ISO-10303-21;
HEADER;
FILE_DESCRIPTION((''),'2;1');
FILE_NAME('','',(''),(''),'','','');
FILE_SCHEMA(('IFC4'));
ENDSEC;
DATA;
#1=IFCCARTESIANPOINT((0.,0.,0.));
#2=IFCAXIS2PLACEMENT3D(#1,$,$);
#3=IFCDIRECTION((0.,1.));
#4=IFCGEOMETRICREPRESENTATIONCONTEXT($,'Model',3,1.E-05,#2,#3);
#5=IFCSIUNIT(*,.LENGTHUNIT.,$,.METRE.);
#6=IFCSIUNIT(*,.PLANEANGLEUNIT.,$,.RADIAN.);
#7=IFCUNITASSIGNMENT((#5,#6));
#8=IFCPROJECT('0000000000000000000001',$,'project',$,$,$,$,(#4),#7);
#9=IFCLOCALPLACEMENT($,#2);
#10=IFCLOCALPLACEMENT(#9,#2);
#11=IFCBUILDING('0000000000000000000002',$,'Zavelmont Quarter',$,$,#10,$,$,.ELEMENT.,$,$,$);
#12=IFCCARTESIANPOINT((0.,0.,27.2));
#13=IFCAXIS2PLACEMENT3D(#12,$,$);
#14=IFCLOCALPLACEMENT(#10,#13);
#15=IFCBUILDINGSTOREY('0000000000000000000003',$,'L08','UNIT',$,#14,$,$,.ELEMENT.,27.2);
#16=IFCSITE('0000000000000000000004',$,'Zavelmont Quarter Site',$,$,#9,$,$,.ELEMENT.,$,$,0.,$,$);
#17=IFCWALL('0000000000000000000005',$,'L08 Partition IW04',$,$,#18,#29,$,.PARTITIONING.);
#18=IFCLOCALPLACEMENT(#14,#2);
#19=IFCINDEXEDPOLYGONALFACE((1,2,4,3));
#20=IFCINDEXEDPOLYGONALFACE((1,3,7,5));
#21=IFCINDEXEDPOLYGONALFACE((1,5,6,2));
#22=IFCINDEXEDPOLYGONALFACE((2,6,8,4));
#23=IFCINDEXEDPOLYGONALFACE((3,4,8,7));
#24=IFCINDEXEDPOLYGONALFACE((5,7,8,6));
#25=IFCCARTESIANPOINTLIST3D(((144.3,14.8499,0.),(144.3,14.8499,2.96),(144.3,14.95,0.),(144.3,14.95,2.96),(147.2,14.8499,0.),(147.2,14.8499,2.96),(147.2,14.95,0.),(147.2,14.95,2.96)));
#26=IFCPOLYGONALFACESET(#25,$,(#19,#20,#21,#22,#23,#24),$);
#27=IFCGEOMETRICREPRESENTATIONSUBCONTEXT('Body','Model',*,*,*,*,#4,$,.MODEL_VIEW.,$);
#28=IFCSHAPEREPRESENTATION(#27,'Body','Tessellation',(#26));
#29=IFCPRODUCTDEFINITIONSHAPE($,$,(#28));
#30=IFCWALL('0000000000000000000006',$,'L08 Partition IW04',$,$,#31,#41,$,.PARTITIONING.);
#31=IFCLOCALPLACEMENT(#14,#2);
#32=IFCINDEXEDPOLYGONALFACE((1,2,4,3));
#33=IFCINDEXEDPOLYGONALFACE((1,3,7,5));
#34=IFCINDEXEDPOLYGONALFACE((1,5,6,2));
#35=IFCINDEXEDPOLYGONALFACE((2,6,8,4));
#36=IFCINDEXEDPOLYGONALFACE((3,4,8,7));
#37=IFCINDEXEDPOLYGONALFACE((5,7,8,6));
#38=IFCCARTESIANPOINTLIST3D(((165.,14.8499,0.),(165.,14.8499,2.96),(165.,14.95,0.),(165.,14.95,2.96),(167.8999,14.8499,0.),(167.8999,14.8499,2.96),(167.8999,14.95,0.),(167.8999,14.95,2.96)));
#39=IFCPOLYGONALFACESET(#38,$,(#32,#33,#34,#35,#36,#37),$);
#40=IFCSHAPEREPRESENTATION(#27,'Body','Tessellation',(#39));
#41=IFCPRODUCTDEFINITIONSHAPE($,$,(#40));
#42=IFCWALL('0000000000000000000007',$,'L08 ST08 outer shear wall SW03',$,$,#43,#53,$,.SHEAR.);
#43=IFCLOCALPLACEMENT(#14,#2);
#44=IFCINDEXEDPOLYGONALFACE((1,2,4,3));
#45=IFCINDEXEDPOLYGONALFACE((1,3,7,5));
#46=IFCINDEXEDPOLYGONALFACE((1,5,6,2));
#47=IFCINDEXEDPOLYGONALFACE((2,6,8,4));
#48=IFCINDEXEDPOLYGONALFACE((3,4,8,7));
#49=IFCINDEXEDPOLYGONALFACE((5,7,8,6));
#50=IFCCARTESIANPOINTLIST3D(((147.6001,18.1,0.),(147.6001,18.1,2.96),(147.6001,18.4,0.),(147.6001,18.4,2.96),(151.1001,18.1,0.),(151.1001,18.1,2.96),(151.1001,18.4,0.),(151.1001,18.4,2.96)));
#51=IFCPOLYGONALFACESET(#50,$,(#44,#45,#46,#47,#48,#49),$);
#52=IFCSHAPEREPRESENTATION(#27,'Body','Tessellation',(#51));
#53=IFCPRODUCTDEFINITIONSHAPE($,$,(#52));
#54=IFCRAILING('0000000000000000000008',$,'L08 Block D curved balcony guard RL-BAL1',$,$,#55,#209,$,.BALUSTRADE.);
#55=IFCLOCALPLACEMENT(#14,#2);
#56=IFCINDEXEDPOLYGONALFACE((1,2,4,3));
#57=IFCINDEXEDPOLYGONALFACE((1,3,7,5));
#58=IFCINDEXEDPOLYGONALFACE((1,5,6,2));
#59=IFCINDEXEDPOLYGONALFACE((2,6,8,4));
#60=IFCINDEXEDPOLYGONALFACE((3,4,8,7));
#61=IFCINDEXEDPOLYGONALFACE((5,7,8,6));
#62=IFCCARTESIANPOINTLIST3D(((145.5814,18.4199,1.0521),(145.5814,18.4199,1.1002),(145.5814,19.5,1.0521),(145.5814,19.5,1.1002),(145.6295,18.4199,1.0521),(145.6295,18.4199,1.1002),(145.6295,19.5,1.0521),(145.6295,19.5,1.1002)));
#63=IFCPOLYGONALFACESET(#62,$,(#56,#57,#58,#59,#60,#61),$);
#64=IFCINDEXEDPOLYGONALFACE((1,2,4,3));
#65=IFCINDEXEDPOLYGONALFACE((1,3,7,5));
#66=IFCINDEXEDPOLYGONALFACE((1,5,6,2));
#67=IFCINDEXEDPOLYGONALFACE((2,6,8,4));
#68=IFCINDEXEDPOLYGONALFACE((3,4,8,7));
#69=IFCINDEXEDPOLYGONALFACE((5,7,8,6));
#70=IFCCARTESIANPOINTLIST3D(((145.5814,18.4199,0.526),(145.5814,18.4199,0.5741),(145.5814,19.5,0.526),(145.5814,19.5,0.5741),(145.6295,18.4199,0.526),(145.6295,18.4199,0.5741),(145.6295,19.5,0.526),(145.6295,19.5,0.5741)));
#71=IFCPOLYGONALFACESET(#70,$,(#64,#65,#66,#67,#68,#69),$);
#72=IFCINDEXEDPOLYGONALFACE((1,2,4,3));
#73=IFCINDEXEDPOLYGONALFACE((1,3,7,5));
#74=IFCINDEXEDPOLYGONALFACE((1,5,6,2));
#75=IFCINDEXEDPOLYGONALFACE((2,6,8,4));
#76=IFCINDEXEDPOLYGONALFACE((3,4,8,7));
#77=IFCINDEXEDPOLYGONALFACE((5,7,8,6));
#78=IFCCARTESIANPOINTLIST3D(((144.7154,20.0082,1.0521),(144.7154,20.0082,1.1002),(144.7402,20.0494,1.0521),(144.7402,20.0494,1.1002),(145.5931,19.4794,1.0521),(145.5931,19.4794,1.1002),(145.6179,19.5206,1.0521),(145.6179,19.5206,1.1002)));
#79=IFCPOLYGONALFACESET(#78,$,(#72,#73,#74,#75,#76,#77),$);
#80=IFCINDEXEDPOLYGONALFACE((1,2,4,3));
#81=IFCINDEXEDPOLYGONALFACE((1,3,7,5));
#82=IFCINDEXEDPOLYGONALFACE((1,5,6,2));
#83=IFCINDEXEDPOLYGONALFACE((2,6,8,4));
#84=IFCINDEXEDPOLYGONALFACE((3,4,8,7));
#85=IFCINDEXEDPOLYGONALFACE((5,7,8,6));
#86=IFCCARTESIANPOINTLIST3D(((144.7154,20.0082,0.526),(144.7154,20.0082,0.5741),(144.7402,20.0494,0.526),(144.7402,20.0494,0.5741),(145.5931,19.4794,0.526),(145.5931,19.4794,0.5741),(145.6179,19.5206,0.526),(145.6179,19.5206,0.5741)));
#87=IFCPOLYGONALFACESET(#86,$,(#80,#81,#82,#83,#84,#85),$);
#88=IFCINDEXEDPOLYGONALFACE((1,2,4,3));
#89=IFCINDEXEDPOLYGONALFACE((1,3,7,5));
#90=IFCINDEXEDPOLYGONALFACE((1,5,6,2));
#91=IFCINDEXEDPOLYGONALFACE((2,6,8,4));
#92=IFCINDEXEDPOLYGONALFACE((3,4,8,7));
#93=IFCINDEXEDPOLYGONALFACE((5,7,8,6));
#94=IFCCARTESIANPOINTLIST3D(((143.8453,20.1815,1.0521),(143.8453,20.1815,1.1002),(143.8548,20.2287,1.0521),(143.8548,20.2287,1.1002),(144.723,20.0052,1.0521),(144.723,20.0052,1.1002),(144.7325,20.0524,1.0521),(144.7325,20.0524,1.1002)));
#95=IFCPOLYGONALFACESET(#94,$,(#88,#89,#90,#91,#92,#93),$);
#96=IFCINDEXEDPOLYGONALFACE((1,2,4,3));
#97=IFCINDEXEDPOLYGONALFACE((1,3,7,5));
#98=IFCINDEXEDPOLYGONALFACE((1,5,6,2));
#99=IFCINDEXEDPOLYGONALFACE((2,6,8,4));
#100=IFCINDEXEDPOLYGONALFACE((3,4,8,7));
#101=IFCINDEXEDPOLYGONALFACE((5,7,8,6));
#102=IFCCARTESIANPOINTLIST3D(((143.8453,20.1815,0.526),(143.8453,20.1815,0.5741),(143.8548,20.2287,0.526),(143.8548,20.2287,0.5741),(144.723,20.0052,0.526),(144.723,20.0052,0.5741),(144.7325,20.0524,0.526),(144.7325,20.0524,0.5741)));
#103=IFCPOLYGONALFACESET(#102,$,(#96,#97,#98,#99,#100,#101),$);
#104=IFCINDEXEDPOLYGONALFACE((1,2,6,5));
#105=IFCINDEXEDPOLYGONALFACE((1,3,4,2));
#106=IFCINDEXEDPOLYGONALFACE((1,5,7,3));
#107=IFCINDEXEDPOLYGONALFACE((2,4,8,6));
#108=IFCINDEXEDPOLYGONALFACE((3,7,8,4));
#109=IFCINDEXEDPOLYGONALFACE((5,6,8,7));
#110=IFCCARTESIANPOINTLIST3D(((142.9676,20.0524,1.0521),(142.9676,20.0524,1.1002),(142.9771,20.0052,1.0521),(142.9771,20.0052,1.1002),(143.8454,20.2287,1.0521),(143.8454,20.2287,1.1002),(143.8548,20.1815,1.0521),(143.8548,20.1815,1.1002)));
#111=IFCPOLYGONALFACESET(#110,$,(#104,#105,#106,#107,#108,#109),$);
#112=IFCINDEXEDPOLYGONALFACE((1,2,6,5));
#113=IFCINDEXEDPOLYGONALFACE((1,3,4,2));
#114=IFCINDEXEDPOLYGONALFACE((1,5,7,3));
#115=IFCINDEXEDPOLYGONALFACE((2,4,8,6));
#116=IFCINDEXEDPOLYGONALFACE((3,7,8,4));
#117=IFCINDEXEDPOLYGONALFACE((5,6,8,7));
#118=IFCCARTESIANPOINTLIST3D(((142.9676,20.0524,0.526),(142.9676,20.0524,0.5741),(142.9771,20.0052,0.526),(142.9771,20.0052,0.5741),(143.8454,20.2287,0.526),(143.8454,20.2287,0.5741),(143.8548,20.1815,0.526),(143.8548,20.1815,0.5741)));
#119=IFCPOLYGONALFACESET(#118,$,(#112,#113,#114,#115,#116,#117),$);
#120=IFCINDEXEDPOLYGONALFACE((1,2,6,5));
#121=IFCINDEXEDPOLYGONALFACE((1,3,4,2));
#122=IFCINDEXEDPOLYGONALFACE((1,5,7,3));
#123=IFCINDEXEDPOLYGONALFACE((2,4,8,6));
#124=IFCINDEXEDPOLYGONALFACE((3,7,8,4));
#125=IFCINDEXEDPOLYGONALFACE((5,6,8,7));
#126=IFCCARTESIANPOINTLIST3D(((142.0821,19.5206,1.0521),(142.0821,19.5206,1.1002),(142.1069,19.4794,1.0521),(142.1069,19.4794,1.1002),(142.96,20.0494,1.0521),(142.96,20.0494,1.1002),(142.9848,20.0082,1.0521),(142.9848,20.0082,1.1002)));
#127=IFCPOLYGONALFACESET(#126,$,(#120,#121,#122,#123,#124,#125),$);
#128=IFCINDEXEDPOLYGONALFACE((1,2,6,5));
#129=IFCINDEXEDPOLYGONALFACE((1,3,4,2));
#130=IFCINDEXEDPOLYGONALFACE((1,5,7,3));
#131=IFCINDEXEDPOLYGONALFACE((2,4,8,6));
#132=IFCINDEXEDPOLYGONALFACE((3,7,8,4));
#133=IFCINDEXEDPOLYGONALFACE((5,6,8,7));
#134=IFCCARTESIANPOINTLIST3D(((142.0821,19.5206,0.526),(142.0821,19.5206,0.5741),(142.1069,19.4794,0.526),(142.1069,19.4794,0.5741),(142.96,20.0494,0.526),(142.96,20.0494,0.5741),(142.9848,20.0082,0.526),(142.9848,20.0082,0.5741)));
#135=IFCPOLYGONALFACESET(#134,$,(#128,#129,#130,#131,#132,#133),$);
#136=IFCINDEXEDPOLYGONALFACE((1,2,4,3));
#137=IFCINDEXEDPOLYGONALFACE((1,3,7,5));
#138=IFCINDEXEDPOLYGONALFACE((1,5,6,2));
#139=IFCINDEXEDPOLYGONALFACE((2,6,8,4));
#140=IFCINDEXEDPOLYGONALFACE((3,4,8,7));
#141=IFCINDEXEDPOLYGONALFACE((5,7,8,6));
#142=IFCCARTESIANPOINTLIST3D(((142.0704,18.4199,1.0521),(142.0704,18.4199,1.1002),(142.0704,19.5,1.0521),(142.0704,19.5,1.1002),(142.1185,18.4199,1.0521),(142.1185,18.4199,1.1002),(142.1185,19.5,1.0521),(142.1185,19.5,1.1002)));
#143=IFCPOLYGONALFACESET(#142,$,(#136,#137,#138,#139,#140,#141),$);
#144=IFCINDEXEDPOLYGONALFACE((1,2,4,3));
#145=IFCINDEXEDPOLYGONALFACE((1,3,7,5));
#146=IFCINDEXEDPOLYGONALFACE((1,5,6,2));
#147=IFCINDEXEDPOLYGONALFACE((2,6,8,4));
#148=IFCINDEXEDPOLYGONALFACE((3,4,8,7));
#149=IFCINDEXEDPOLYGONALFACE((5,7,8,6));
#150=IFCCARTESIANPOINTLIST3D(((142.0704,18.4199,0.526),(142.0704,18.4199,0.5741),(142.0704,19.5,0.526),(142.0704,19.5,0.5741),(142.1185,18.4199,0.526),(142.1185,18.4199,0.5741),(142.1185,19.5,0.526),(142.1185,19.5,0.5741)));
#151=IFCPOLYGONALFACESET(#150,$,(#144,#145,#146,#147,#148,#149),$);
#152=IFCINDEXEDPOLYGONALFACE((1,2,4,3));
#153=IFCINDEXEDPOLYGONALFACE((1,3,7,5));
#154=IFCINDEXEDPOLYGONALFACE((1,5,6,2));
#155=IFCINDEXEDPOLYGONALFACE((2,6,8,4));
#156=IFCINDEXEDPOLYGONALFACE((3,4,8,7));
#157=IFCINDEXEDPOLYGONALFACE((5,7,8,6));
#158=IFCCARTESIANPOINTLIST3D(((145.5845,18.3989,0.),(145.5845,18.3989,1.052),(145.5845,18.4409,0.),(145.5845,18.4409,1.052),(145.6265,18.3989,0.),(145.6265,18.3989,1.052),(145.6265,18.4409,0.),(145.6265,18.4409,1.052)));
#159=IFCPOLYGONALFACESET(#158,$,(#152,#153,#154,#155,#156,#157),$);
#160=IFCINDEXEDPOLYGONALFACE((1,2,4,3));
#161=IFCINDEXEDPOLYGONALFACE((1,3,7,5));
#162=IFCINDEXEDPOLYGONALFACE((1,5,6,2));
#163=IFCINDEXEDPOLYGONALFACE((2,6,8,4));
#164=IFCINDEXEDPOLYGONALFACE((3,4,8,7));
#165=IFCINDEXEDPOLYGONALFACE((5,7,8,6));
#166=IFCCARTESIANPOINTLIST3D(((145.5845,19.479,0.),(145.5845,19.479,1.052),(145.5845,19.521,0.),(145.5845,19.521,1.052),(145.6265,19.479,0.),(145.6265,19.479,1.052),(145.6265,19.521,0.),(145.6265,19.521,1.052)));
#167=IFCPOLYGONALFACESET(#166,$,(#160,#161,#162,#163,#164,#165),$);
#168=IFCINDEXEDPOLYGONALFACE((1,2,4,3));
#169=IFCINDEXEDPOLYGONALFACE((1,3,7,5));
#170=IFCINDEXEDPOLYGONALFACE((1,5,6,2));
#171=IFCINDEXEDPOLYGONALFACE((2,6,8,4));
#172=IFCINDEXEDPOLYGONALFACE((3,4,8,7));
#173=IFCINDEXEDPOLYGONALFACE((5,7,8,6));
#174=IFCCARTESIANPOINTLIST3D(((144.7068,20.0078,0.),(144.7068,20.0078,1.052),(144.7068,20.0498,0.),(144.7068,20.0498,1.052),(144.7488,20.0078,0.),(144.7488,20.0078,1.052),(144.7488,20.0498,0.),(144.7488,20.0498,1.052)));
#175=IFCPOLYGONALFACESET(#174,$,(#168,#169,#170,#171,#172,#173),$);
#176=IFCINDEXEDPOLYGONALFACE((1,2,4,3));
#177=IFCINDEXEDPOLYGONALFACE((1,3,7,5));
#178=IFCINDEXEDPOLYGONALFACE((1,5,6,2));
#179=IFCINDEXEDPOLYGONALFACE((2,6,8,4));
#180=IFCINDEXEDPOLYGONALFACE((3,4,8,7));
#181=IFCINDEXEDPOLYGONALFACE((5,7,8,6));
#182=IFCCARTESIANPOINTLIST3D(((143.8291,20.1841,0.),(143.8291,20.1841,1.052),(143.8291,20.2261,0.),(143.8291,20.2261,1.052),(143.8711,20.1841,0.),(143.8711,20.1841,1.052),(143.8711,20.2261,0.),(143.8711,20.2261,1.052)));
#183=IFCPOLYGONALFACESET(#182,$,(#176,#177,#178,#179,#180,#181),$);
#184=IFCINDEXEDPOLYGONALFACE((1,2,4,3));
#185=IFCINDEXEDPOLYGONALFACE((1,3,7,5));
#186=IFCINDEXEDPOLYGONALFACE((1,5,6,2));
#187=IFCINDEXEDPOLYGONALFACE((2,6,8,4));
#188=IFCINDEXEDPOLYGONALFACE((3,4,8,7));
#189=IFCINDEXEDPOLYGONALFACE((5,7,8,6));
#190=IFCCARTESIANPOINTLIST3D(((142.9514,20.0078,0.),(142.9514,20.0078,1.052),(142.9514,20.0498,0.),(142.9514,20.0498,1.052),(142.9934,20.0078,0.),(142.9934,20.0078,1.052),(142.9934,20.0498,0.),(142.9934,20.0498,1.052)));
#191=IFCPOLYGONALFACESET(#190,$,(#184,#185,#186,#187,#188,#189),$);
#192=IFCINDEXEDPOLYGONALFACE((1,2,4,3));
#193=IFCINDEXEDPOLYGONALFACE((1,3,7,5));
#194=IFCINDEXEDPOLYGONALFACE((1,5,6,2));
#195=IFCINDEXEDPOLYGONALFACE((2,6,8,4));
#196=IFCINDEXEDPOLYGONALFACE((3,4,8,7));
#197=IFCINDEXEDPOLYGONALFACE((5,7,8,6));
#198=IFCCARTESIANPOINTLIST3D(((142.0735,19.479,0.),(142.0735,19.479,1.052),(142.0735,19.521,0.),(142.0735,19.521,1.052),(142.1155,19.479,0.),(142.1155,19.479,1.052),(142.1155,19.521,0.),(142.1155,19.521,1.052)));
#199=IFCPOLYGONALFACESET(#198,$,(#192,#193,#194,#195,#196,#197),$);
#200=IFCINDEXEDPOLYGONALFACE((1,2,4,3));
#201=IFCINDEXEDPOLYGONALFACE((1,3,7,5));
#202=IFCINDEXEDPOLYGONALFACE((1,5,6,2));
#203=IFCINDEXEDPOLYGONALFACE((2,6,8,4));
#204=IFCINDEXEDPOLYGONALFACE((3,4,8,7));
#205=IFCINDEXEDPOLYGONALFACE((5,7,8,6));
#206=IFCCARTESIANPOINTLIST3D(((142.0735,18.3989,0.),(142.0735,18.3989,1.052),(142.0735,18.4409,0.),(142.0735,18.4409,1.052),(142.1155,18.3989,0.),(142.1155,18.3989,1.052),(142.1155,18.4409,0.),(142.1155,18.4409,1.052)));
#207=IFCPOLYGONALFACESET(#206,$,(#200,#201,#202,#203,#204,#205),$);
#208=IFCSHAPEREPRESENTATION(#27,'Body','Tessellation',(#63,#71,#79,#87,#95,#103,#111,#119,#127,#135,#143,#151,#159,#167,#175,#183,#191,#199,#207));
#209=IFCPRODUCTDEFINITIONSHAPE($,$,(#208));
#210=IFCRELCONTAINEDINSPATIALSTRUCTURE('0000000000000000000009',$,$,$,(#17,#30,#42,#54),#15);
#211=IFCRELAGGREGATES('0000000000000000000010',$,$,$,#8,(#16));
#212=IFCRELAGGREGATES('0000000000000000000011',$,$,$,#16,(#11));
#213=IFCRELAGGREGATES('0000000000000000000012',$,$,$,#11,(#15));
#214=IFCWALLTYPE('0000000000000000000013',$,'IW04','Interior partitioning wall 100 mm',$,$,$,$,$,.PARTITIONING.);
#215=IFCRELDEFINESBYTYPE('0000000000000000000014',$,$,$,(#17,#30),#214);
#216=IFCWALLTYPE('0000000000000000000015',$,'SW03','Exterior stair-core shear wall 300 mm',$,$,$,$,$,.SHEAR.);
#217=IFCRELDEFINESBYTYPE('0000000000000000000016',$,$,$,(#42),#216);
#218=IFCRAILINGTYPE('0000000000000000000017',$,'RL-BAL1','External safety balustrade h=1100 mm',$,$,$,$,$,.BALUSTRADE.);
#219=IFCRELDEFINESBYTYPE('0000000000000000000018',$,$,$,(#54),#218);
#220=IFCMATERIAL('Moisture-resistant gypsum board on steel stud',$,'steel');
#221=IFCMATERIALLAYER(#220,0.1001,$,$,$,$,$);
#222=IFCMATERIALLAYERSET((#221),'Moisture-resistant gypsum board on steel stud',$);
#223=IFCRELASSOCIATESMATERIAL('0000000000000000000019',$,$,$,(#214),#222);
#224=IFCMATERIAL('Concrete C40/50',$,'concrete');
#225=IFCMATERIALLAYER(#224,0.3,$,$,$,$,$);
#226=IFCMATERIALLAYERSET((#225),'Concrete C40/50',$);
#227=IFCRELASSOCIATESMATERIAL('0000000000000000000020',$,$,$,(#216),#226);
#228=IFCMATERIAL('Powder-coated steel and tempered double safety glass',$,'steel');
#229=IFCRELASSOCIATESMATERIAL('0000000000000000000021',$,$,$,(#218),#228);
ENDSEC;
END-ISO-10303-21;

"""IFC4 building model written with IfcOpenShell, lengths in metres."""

from ifc_helpers import new_model, si_unit, direction, frame, frame_2d, origin, origin_2d, place, context, subcontext, project, spatial, rectangle, extrude, material, layer, layer_set, type_object, element, save


model = new_model("IFC4")

# Units and contexts
model_context = context("Model", 3, precision=1e-05, world=origin(), true_north=direction((0.0, 1.0)))
body_context = subcontext(model_context, "Body", "Model", "MODEL_VIEW")
ifc_project = project(units=[si_unit("LENGTHUNIT", "METRE"), si_unit("PLANEANGLEUNIT", "RADIAN")], contexts=[model_context])

# Site, building, storey
site_placement = place(None, origin())
site = spatial("IfcSite", under=ifc_project, at=site_placement, Name="Zavelmont Quarter Site", CompositionType="ELEMENT", RefElevation=0.0)
building_placement = place(site_placement, origin())
building = spatial("IfcBuilding", under=site, at=building_placement, Name="Zavelmont Quarter", CompositionType="ELEMENT")
storey_placement = place(building_placement, frame((0.0, 0.0, 27.2)))
storey = spatial("IfcBuildingStorey", under=building, at=storey_placement, Name="L08", Description="UNIT", CompositionType="ELEMENT", Elevation=27.2)

# Shared definitions
ifc_material_1 = material(Name="Concrete C40/50", Category="concrete")

# Walls
ifc_material_2 = material(Name="Moisture-resistant gypsum board on steel stud", Category="steel")
ifc_layer_1 = layer(ifc_material_2, 0.1001)
ifc_layer_set_1 = layer_set([ifc_layer_1], Name="Moisture-resistant gypsum board on steel stud")
wall_type_1 = type_object("IfcWallType", Name="IW04", Description="Interior partitioning wall 100 mm", PredefinedType="PARTITIONING", material=ifc_layer_set_1)
for number, where, z_axis, x_axis, name in (
    (1, (144.3, 14.8999, 0.0), (0.0, 0.0, 1.0), (1.0, 0.0, 0.0), "L08 Partition IW04"),
    (2, (165.0, 14.8999, 0.0), (0.0, 0.0, 1.0), (1.0, 0.0, 0.0), "L08 Partition IW04"),
):
    element("IfcWall", number, at=place(storey_placement, frame(where, z_axis=z_axis, x_axis=x_axis)), inside=storey, type_object=wall_type_1, Name=name, PredefinedType="PARTITIONING", context=body_context, shape_type="SweptSolid", body=[
        extrude(rectangle(XDim=2.8999, YDim=0.1001, at=frame_2d((1.45, 0.0))), origin(), (0.0, 0.0, 1.0), 2.96),
    ])
ifc_layer_2 = layer(ifc_material_1, 0.3)
ifc_layer_set_2 = layer_set([ifc_layer_2], Name="Concrete C40/50")
wall_type_2 = type_object("IfcWallType", Name="SW03", Description="Exterior stair-core shear wall 300 mm", PredefinedType="SHEAR", material=ifc_layer_set_2)
wall_1_placement = place(storey_placement, frame((147.6001, 18.25, 0.0), z_axis=(0.0, 0.0, 1.0), x_axis=(1.0, 0.0, 0.0)))
element("IfcWall", 3, at=wall_1_placement, inside=storey, type_object=wall_type_2, Name="L08 ST08 outer shear wall SW03", PredefinedType="SHEAR", context=body_context, shape_type="SweptSolid", body=[
    extrude(rectangle(XDim=3.5, YDim=0.3, at=frame_2d((1.75, 0.0))), origin(), (0.0, 0.0, 1.0), 2.96),
])

# Railing
ifc_material_3 = material(Name="Powder-coated steel and tempered double safety glass", Category="steel")
railing_type_1 = type_object("IfcRailingType", Name="RL-BAL1", Description="External safety balustrade h=1100 mm", PredefinedType="BALUSTRADE", material=ifc_material_3)
railing_1_placement = place(storey_placement, frame((145.6055, 18.4199, 0.0)))
element("IfcRailing", 4, at=railing_1_placement, inside=storey, type_object=railing_type_1, Name="L08 Block D curved balcony guard RL-BAL1", PredefinedType="BALUSTRADE", context=body_context, shape_type="SweptSolid", body=[
    extrude(rectangle(XDim=0.0481, YDim=0.0481, at=origin_2d()), frame((0.0, 0.0, 1.0762), z_axis=(0.0, 1.0, 0.0), x_axis=(-1.0, 0.0, 0.0)), (0.0, 0.0, 1.0), 1.0801),
    extrude(rectangle(XDim=0.0481, YDim=0.0481, at=origin_2d()), frame((0.0, 0.0, 0.55), z_axis=(0.0, 1.0, 0.0), x_axis=(-1.0, 0.0, 0.0)), (0.0, 0.0, 1.0), 1.0801),
    extrude(rectangle(XDim=0.0481, YDim=0.0481, at=origin_2d()), frame((0.0, 1.0801, 1.0762), z_axis=(-0.856545, 0.516072, 0.0), x_axis=(-0.516072, -0.856545, 0.0)), (0.0, 0.0, 1.0), 1.0247),
    extrude(rectangle(XDim=0.0481, YDim=0.0481, at=origin_2d()), frame((0.0, 1.0801, 0.55), z_axis=(-0.856545, 0.516072, 0.0), x_axis=(-0.516072, -0.856545, 0.0)), (0.0, 0.0, 1.0), 1.0247),
    extrude(rectangle(XDim=0.0481, YDim=0.0481, at=origin_2d()), frame((-0.8777, 1.6089, 1.0762), z_axis=(-0.980423, 0.196903, 0.0), x_axis=(-0.196903, -0.980423, 0.0)), (0.0, 0.0, 1.0), 0.8953),
    extrude(rectangle(XDim=0.0481, YDim=0.0481, at=origin_2d()), frame((-0.8777, 1.6089, 0.55), z_axis=(-0.980423, 0.196903, 0.0), x_axis=(-0.196903, -0.980423, 0.0)), (0.0, 0.0, 1.0), 0.8953),
    extrude(rectangle(XDim=0.0481, YDim=0.0481, at=origin_2d()), frame((-1.7554, 1.7852, 1.0762), z_axis=(-0.980423, -0.196903, 0.0), x_axis=(0.196903, -0.980423, 0.0)), (0.0, 0.0, 1.0), 0.8953),
    extrude(rectangle(XDim=0.0481, YDim=0.0481, at=origin_2d()), frame((-1.7554, 1.7852, 0.55), z_axis=(-0.980423, -0.196903, 0.0), x_axis=(0.196903, -0.980423, 0.0)), (0.0, 0.0, 1.0), 0.8953),
    extrude(rectangle(XDim=0.0481, YDim=0.0481, at=origin_2d()), frame((-2.6331, 1.6089, 1.0762), z_axis=(-0.856609, -0.515966, 0.0), x_axis=(0.515966, -0.856609, 0.0)), (0.0, 0.0, 1.0), 1.0249),
    extrude(rectangle(XDim=0.0481, YDim=0.0481, at=origin_2d()), frame((-2.6331, 1.6089, 0.55), z_axis=(-0.856609, -0.515966, 0.0), x_axis=(0.515966, -0.856609, 0.0)), (0.0, 0.0, 1.0), 1.0249),
    extrude(rectangle(XDim=0.0481, YDim=0.0481, at=origin_2d()), frame((-3.511, 1.0801, 1.0762), z_axis=(0.0, -1.0, 0.0), x_axis=(1.0, 0.0, 0.0)), (0.0, 0.0, 1.0), 1.0801),
    extrude(rectangle(XDim=0.0481, YDim=0.0481, at=origin_2d()), frame((-3.511, 1.0801, 0.55), z_axis=(0.0, -1.0, 0.0), x_axis=(1.0, 0.0, 0.0)), (0.0, 0.0, 1.0), 1.0801),
    extrude(rectangle(XDim=0.042, YDim=0.042, at=origin_2d()), origin(), (0.0, 0.0, 1.0), 1.052),
    extrude(rectangle(XDim=0.042, YDim=0.042, at=origin_2d()), frame((0.0, 1.0801, 0.0)), (0.0, 0.0, 1.0), 1.052),
    extrude(rectangle(XDim=0.042, YDim=0.042, at=origin_2d()), frame((-0.8777, 1.6089, 0.0)), (0.0, 0.0, 1.0), 1.052),
    extrude(rectangle(XDim=0.042, YDim=0.042, at=origin_2d()), frame((-1.7554, 1.7852, 0.0)), (0.0, 0.0, 1.0), 1.052),
    extrude(rectangle(XDim=0.042, YDim=0.042, at=origin_2d()), frame((-2.6331, 1.6089, 0.0)), (0.0, 0.0, 1.0), 1.052),
    extrude(rectangle(XDim=0.042, YDim=0.042, at=origin_2d()), frame((-3.511, 1.0801, 0.0)), (0.0, 0.0, 1.0), 1.052),
    extrude(rectangle(XDim=0.042, YDim=0.042, at=origin_2d()), frame((-3.511, 0.0, 0.0)), (0.0, 0.0, 1.0), 1.052),
])

save(model, "model.ifc")
